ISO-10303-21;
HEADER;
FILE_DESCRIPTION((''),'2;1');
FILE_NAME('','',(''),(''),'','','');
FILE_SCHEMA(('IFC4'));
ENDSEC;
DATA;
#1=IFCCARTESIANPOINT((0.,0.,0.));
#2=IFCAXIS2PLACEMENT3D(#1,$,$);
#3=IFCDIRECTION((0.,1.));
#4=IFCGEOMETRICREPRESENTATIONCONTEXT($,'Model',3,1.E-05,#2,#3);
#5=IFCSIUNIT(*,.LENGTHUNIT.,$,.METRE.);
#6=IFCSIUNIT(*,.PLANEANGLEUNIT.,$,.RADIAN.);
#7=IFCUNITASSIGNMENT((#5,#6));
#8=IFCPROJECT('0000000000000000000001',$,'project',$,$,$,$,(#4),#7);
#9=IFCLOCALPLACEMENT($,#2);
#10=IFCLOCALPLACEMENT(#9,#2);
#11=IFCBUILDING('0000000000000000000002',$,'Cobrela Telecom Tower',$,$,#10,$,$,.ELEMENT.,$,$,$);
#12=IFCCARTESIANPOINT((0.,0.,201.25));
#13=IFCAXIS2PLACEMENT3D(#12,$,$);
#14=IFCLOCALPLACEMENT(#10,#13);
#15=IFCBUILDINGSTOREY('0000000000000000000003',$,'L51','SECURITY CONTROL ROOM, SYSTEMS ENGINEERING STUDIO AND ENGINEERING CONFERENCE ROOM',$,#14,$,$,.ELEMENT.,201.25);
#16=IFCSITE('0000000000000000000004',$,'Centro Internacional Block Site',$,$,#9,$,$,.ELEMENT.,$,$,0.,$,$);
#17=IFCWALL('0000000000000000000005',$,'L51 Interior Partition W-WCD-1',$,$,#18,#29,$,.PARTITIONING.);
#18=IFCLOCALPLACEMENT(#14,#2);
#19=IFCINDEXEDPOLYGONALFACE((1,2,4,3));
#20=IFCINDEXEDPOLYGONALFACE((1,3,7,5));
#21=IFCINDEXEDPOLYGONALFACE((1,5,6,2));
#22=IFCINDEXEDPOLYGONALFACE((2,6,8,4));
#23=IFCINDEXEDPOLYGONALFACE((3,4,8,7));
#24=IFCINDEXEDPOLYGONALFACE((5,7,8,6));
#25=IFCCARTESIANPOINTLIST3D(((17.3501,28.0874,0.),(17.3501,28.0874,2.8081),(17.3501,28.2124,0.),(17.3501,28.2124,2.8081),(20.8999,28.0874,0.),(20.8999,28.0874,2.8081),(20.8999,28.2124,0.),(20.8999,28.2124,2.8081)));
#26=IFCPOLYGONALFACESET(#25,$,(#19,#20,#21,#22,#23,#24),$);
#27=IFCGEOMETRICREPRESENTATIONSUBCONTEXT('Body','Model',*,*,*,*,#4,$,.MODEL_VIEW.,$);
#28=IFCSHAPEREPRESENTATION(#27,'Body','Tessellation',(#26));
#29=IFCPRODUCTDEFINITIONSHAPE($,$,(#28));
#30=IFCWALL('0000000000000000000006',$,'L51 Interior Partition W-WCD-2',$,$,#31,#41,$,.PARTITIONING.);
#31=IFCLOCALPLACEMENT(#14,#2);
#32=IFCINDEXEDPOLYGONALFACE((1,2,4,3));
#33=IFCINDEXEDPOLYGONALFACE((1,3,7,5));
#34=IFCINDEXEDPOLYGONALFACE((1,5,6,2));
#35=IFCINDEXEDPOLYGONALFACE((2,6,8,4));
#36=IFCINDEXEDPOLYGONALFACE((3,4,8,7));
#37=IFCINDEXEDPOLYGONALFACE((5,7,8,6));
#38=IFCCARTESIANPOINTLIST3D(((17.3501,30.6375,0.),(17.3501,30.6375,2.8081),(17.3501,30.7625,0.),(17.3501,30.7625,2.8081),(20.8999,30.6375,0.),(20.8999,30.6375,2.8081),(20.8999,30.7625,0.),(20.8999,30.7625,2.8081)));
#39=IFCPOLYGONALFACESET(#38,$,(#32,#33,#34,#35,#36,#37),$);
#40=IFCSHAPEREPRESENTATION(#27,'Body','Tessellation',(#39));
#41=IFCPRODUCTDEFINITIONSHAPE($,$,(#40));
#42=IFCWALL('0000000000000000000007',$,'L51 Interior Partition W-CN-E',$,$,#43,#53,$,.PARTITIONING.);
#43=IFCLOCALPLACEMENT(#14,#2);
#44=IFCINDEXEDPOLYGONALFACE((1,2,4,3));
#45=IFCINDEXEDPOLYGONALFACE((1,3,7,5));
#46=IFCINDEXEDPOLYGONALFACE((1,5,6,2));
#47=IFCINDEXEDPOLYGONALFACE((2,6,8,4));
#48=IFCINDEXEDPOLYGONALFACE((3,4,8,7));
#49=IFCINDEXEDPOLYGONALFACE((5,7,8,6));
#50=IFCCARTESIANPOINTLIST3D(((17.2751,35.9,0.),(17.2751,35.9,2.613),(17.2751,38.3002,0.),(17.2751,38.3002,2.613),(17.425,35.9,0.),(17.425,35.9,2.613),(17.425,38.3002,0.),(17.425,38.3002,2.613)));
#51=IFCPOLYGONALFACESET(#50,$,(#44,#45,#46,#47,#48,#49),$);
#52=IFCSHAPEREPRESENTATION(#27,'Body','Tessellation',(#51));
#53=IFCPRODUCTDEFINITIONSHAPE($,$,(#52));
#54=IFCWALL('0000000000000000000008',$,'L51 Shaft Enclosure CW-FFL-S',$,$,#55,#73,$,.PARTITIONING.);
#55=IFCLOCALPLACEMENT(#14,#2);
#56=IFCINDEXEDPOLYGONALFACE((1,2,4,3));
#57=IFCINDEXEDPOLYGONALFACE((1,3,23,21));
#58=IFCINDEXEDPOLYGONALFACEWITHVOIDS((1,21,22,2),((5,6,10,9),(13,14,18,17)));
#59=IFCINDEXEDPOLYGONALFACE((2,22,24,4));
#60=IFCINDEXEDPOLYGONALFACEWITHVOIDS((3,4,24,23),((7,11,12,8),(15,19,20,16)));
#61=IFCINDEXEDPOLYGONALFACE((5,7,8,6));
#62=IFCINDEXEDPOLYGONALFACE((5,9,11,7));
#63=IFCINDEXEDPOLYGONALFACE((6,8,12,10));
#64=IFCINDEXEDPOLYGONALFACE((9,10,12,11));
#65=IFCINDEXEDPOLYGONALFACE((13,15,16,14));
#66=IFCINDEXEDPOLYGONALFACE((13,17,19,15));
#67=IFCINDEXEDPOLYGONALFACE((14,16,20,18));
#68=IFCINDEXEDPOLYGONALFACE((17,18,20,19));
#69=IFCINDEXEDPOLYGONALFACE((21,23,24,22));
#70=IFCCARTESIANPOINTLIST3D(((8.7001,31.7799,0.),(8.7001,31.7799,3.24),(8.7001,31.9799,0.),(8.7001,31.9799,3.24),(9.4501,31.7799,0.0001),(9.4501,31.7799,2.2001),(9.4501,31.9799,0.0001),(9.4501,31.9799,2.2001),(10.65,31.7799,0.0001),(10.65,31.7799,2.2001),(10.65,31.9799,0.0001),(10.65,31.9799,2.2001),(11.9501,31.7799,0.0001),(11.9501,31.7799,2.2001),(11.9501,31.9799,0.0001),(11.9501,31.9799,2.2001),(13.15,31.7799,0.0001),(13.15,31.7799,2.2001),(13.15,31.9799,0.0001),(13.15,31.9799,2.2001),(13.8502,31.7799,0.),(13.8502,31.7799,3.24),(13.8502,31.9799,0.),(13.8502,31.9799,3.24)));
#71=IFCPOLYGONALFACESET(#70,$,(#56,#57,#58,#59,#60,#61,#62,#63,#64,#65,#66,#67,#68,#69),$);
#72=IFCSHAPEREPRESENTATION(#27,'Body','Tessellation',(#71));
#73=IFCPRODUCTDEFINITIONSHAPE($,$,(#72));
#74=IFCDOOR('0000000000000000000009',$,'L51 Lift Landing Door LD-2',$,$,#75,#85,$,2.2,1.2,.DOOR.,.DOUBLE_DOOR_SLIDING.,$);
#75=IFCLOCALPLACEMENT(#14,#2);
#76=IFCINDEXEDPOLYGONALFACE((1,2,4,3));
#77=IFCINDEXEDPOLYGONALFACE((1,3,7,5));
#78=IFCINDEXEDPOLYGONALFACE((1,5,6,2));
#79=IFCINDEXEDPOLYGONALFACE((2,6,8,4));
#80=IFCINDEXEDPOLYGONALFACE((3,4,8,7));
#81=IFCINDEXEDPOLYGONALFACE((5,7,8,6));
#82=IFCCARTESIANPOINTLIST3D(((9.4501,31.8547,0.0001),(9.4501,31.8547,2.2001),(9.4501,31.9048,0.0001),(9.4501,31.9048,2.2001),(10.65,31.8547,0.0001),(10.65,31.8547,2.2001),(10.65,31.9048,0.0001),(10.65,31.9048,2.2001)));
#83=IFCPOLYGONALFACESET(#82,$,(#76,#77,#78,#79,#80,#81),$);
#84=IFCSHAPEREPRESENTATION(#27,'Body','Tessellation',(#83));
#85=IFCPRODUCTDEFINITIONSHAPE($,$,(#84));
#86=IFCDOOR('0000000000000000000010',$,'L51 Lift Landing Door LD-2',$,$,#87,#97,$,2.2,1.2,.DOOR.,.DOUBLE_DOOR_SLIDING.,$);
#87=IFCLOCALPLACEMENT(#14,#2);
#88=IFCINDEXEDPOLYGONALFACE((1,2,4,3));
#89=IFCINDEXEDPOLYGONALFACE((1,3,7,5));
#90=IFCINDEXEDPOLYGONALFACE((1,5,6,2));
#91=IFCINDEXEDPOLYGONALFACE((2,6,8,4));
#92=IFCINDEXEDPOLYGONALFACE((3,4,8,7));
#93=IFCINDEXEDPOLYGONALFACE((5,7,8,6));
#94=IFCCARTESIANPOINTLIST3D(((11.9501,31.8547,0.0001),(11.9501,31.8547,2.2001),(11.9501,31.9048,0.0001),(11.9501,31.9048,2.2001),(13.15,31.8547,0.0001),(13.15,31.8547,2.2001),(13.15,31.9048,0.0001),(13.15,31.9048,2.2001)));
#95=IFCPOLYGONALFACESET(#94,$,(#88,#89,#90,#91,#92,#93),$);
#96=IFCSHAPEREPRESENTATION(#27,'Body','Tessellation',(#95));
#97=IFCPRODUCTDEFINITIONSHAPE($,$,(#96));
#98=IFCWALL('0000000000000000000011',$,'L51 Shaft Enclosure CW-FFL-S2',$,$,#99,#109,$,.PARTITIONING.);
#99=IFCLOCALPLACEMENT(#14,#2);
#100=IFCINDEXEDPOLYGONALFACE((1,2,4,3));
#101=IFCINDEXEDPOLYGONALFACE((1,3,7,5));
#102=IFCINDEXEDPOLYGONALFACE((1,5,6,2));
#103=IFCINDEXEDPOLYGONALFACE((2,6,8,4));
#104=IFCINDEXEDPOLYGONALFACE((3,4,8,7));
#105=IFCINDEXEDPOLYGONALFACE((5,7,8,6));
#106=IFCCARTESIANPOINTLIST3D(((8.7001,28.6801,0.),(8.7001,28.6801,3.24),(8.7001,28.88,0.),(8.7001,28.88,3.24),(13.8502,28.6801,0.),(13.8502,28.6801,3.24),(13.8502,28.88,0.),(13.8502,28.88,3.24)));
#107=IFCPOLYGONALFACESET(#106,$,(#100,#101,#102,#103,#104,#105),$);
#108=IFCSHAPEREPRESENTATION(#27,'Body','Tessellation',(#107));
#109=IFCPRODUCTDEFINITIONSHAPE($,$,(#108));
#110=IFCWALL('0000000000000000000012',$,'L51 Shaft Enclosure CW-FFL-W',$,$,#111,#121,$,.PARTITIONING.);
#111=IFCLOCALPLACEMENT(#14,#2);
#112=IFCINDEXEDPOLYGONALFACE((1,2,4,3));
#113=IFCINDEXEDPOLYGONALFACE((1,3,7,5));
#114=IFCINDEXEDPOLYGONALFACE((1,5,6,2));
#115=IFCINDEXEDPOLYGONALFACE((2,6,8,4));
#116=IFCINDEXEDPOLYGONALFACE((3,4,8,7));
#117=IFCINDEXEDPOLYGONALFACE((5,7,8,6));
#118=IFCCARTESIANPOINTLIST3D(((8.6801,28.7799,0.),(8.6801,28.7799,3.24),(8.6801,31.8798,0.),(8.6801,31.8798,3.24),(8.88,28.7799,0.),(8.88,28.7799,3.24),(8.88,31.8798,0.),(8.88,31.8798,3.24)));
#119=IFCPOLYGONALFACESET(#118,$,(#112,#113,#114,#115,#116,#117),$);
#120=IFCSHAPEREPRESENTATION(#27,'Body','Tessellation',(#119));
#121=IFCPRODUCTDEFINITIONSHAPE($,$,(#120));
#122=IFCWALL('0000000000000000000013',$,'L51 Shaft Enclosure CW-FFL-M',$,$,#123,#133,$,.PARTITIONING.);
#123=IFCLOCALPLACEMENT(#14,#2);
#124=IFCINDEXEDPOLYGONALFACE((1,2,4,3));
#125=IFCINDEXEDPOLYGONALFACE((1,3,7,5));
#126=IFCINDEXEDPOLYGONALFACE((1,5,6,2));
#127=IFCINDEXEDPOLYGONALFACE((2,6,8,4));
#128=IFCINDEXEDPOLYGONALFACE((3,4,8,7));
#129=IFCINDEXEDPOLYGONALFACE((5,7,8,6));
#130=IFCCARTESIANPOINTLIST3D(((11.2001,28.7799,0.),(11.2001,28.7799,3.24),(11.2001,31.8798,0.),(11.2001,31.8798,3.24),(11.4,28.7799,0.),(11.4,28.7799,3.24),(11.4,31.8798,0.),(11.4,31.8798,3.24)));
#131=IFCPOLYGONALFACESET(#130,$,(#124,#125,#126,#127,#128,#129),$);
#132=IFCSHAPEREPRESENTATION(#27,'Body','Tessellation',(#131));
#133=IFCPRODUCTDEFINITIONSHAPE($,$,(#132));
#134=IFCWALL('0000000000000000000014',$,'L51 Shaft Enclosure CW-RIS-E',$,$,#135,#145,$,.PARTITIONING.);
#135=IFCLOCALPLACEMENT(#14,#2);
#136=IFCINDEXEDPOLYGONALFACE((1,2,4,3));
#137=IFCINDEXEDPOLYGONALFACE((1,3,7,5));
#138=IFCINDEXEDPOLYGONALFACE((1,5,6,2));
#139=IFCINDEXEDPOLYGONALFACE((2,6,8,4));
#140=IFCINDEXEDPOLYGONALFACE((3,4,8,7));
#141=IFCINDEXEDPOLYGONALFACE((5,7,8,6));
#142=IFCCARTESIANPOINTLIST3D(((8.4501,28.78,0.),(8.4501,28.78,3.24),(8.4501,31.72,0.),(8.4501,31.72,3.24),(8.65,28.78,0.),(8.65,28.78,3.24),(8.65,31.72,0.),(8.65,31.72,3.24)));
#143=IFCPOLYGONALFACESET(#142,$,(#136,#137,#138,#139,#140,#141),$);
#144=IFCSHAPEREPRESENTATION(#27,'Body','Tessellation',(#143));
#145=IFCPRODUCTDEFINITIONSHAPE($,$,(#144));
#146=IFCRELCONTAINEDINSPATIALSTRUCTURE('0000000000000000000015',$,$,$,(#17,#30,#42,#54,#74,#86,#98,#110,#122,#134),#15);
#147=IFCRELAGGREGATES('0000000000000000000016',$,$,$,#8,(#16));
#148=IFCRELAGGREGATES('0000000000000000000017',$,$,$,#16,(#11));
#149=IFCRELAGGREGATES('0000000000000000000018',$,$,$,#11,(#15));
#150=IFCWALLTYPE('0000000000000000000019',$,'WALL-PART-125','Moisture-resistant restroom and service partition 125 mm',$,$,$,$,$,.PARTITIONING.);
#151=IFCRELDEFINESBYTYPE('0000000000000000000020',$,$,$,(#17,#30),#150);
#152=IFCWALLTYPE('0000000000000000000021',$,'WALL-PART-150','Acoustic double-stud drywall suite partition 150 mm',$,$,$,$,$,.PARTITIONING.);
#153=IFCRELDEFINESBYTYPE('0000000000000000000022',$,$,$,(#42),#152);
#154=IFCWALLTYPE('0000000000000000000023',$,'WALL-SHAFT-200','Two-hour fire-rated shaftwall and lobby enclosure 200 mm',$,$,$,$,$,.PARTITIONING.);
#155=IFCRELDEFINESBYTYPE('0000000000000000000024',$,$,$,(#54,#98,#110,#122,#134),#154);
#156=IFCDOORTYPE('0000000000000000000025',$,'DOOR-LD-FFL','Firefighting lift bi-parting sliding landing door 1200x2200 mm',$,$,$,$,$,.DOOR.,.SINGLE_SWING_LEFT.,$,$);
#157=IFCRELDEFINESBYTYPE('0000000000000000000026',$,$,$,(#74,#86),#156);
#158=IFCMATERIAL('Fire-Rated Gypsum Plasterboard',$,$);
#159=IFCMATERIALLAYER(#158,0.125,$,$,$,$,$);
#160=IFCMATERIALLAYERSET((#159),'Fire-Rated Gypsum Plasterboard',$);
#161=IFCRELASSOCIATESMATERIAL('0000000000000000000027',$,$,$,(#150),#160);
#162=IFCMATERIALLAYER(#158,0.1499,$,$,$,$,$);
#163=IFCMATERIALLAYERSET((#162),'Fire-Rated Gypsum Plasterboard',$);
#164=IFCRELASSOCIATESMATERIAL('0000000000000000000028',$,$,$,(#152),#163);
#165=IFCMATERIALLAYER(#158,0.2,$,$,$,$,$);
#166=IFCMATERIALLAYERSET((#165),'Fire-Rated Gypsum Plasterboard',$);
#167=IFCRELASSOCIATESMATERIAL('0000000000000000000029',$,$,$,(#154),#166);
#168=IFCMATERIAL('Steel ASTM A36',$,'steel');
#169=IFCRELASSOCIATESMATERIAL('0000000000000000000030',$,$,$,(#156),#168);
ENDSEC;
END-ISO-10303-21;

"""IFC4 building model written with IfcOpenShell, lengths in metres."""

from ifc_helpers import new_model, si_unit, direction, frame, frame_2d, origin, place, context, subcontext, project, spatial, rectangle, extrude, material, layer, layer_set, type_object, element, fill, save


model = new_model("IFC4")

# Units and contexts
model_context = context("Model", 3, precision=1e-05, world=origin(), true_north=direction((0.0, 1.0)))
body_context = subcontext(model_context, "Body", "Model", "MODEL_VIEW")
ifc_project = project(units=[si_unit("LENGTHUNIT", "METRE"), si_unit("PLANEANGLEUNIT", "RADIAN")], contexts=[model_context])

# Site, building, storey
site_placement = place(None, origin())
site = spatial("IfcSite", under=ifc_project, at=site_placement, Name="Centro Internacional Block Site", CompositionType="ELEMENT", RefElevation=0.0)
building_placement = place(site_placement, origin())
building = spatial("IfcBuilding", under=site, at=building_placement, Name="Cobrela Telecom Tower", CompositionType="ELEMENT")
storey_placement = place(building_placement, frame((0.0, 0.0, 201.25)))
storey = spatial("IfcBuildingStorey", under=building, at=storey_placement, Name="L51", Description="SECURITY CONTROL ROOM, SYSTEMS ENGINEERING STUDIO AND ENGINEERING CONFERENCE ROOM", CompositionType="ELEMENT", Elevation=201.25)

# Shared definitions
ifc_material_1 = material(Name="Steel ASTM A36", Category="steel")

# Walls
ifc_material_2 = material(Name="Fire-Rated Gypsum Plasterboard")
ifc_layer_1 = layer(ifc_material_2, 0.125)
ifc_layer_set_1 = layer_set([ifc_layer_1], Name="Fire-Rated Gypsum Plasterboard")
wall_type_1 = type_object("IfcWallType", Name="WALL-PART-125", Description="Moisture-resistant restroom and service partition 125 mm", PredefinedType="PARTITIONING", material=ifc_layer_set_1)
for number, where, z_axis, x_axis, name in (
    (1, (17.3501, 28.1499, 0.0), (0.0, 0.0, 1.0), (1.0, 0.0, 0.0), "L51 Interior Partition W-WCD-1"),
    (2, (17.3501, 30.7, 0.0), (0.0, 0.0, 1.0), (1.0, 0.0, 0.0), "L51 Interior Partition W-WCD-2"),
):
    element("IfcWall", number, at=place(storey_placement, frame(where, z_axis=z_axis, x_axis=x_axis)), inside=storey, type_object=wall_type_1, Name=name, PredefinedType="PARTITIONING", context=body_context, shape_type="SweptSolid", body=[
        extrude(rectangle(XDim=3.5498, YDim=0.125, at=frame_2d((1.7749, 0.0))), origin(), (0.0, 0.0, 1.0), 2.8081),
    ])
ifc_layer_2 = layer(ifc_material_2, 0.1499)
ifc_layer_set_2 = layer_set([ifc_layer_2], Name="Fire-Rated Gypsum Plasterboard")
wall_type_2 = type_object("IfcWallType", Name="WALL-PART-150", Description="Acoustic double-stud drywall suite partition 150 mm", PredefinedType="PARTITIONING", material=ifc_layer_set_2)
wall_1_placement = place(storey_placement, frame((17.3501, 35.8999, 0.0), z_axis=(0.0, 0.0, 1.0), x_axis=(0.0, 1.0, 0.0)))
element("IfcWall", 3, at=wall_1_placement, inside=storey, type_object=wall_type_2, Name="L51 Interior Partition W-CN-E", PredefinedType="PARTITIONING", context=body_context, shape_type="SweptSolid", body=[
    extrude(rectangle(XDim=2.4001, YDim=0.1499, at=frame_2d((1.2002, 0.0))), origin(), (0.0, 0.0, 1.0), 2.613),
])

# Wall, openings, doors
ifc_layer_3 = layer(ifc_material_2, 0.2)
ifc_layer_set_3 = layer_set([ifc_layer_3], Name="Fire-Rated Gypsum Plasterboard")
wall_type_3 = type_object("IfcWallType", Name="WALL-SHAFT-200", Description="Two-hour fire-rated shaftwall and lobby enclosure 200 mm", PredefinedType="PARTITIONING", material=ifc_layer_set_3)
wall_2_placement = place(storey_placement, frame((8.7, 31.8799, 0.0), z_axis=(0.0, 0.0, 1.0), x_axis=(1.0, 0.0, 0.0)))
wall_2 = element("IfcWall", 4, at=wall_2_placement, inside=storey, type_object=wall_type_3, Name="L51 Shaft Enclosure CW-FFL-S", PredefinedType="PARTITIONING", context=body_context, shape_type="SweptSolid", body=[
    extrude(rectangle(XDim=5.1501, YDim=0.2, at=frame_2d((2.5752, 0.0))), origin(), (0.0, 0.0, 1.0), 3.24),
])
opening_1_placement = place(wall_2_placement, frame((0.75, 0.0, 0.0)))
opening_1 = element("IfcOpeningElement", 5, at=opening_1_placement, cuts=wall_2, PredefinedType="OPENING", context=body_context, shape_type="SweptSolid", body=[
    extrude(rectangle(XDim=1.2, YDim=2.2, at=frame_2d((0.6001, 1.1001))), frame((0.0, 0.1118, 0.0), z_axis=(0.0, -1.0, 0.0), x_axis=(1.0, 0.0, 0.0)), (0.0, 0.0, 1.0), 0.2239),
])
opening_2_placement = place(wall_2_placement, frame((3.25, 0.0, 0.0)))
opening_2 = element("IfcOpeningElement", 6, at=opening_2_placement, cuts=wall_2, PredefinedType="OPENING", context=body_context, shape_type="SweptSolid", body=[
    extrude(rectangle(XDim=1.2, YDim=2.2, at=frame_2d((0.6001, 1.1001))), frame((0.0, 0.1118, 0.0), z_axis=(0.0, -1.0, 0.0), x_axis=(1.0, 0.0, 0.0)), (0.0, 0.0, 1.0), 0.2239),
])
door_type_1 = type_object("IfcDoorType", Name="DOOR-LD-FFL", Description="Firefighting lift bi-parting sliding landing door 1200x2200 mm", OperationType="SINGLE_SWING_LEFT", PredefinedType="DOOR", material=ifc_material_1)
door_1_placement = place(opening_1_placement, origin())
door_1 = element("IfcDoor", 7, at=door_1_placement, inside=storey, type_object=door_type_1, Name="L51 Lift Landing Door LD-2", OperationType="DOUBLE_DOOR_SLIDING", OverallHeight=2.2, OverallWidth=1.2, PredefinedType="DOOR", context=body_context, shape_type="SweptSolid", body=[
    extrude(rectangle(XDim=1.2, YDim=2.2, at=frame_2d((0.6001, 1.1001))), frame((0.0, 0.0249, 0.0), z_axis=(0.0, -1.0, 0.0), x_axis=(1.0, 0.0, 0.0)), (0.0, 0.0, 1.0), 0.05),
])
fill(opening_1, door_1)
door_2_placement = place(opening_2_placement, origin())
door_2 = element("IfcDoor", 8, at=door_2_placement, inside=storey, type_object=door_type_1, Name="L51 Lift Landing Door LD-2", OperationType="DOUBLE_DOOR_SLIDING", OverallHeight=2.2, OverallWidth=1.2, PredefinedType="DOOR", context=body_context, shape_type="SweptSolid", body=[
    extrude(rectangle(XDim=1.2, YDim=2.2, at=frame_2d((0.6001, 1.1001))), frame((0.0, 0.0249, 0.0), z_axis=(0.0, -1.0, 0.0), x_axis=(1.0, 0.0, 0.0)), (0.0, 0.0, 1.0), 0.05),
])
fill(opening_2, door_2)

# Walls
wall_3_placement = place(storey_placement, frame((8.7, 28.78, 0.0), z_axis=(0.0, 0.0, 1.0), x_axis=(1.0, 0.0, 0.0)))
element("IfcWall", 9, at=wall_3_placement, inside=storey, type_object=wall_type_3, Name="L51 Shaft Enclosure CW-FFL-S2", PredefinedType="PARTITIONING", context=body_context, shape_type="SweptSolid", body=[
    extrude(rectangle(XDim=5.1501, YDim=0.2, at=frame_2d((2.5752, 0.0))), origin(), (0.0, 0.0, 1.0), 3.24),
])
for number, where, z_axis, x_axis, name in (
    (10, (8.78, 28.78, 0.0), (0.0, 0.0, 1.0), (0.0, 1.0, 0.0), "L51 Shaft Enclosure CW-FFL-W"),
    (11, (11.3, 28.78, 0.0), (0.0, 0.0, 1.0), (0.0, 1.0, 0.0), "L51 Shaft Enclosure CW-FFL-M"),
):
    element("IfcWall", number, at=place(storey_placement, frame(where, z_axis=z_axis, x_axis=x_axis)), inside=storey, type_object=wall_type_3, Name=name, PredefinedType="PARTITIONING", context=body_context, shape_type="SweptSolid", body=[
        extrude(rectangle(XDim=3.0999, YDim=0.2, at=frame_2d((1.5498, 0.0))), origin(), (0.0, 0.0, 1.0), 3.24),
    ])
wall_4_placement = place(storey_placement, frame((8.55, 28.78, 0.0), z_axis=(0.0, 0.0, 1.0), x_axis=(0.0, 1.0, 0.0)))
element("IfcWall", 12, at=wall_4_placement, inside=storey, type_object=wall_type_3, Name="L51 Shaft Enclosure CW-RIS-E", PredefinedType="PARTITIONING", context=body_context, shape_type="SweptSolid", body=[
    extrude(rectangle(XDim=2.9399, YDim=0.2, at=frame_2d((1.47, 0.0))), origin(), (0.0, 0.0, 1.0), 3.24),
])

save(model, "model.ifc")
